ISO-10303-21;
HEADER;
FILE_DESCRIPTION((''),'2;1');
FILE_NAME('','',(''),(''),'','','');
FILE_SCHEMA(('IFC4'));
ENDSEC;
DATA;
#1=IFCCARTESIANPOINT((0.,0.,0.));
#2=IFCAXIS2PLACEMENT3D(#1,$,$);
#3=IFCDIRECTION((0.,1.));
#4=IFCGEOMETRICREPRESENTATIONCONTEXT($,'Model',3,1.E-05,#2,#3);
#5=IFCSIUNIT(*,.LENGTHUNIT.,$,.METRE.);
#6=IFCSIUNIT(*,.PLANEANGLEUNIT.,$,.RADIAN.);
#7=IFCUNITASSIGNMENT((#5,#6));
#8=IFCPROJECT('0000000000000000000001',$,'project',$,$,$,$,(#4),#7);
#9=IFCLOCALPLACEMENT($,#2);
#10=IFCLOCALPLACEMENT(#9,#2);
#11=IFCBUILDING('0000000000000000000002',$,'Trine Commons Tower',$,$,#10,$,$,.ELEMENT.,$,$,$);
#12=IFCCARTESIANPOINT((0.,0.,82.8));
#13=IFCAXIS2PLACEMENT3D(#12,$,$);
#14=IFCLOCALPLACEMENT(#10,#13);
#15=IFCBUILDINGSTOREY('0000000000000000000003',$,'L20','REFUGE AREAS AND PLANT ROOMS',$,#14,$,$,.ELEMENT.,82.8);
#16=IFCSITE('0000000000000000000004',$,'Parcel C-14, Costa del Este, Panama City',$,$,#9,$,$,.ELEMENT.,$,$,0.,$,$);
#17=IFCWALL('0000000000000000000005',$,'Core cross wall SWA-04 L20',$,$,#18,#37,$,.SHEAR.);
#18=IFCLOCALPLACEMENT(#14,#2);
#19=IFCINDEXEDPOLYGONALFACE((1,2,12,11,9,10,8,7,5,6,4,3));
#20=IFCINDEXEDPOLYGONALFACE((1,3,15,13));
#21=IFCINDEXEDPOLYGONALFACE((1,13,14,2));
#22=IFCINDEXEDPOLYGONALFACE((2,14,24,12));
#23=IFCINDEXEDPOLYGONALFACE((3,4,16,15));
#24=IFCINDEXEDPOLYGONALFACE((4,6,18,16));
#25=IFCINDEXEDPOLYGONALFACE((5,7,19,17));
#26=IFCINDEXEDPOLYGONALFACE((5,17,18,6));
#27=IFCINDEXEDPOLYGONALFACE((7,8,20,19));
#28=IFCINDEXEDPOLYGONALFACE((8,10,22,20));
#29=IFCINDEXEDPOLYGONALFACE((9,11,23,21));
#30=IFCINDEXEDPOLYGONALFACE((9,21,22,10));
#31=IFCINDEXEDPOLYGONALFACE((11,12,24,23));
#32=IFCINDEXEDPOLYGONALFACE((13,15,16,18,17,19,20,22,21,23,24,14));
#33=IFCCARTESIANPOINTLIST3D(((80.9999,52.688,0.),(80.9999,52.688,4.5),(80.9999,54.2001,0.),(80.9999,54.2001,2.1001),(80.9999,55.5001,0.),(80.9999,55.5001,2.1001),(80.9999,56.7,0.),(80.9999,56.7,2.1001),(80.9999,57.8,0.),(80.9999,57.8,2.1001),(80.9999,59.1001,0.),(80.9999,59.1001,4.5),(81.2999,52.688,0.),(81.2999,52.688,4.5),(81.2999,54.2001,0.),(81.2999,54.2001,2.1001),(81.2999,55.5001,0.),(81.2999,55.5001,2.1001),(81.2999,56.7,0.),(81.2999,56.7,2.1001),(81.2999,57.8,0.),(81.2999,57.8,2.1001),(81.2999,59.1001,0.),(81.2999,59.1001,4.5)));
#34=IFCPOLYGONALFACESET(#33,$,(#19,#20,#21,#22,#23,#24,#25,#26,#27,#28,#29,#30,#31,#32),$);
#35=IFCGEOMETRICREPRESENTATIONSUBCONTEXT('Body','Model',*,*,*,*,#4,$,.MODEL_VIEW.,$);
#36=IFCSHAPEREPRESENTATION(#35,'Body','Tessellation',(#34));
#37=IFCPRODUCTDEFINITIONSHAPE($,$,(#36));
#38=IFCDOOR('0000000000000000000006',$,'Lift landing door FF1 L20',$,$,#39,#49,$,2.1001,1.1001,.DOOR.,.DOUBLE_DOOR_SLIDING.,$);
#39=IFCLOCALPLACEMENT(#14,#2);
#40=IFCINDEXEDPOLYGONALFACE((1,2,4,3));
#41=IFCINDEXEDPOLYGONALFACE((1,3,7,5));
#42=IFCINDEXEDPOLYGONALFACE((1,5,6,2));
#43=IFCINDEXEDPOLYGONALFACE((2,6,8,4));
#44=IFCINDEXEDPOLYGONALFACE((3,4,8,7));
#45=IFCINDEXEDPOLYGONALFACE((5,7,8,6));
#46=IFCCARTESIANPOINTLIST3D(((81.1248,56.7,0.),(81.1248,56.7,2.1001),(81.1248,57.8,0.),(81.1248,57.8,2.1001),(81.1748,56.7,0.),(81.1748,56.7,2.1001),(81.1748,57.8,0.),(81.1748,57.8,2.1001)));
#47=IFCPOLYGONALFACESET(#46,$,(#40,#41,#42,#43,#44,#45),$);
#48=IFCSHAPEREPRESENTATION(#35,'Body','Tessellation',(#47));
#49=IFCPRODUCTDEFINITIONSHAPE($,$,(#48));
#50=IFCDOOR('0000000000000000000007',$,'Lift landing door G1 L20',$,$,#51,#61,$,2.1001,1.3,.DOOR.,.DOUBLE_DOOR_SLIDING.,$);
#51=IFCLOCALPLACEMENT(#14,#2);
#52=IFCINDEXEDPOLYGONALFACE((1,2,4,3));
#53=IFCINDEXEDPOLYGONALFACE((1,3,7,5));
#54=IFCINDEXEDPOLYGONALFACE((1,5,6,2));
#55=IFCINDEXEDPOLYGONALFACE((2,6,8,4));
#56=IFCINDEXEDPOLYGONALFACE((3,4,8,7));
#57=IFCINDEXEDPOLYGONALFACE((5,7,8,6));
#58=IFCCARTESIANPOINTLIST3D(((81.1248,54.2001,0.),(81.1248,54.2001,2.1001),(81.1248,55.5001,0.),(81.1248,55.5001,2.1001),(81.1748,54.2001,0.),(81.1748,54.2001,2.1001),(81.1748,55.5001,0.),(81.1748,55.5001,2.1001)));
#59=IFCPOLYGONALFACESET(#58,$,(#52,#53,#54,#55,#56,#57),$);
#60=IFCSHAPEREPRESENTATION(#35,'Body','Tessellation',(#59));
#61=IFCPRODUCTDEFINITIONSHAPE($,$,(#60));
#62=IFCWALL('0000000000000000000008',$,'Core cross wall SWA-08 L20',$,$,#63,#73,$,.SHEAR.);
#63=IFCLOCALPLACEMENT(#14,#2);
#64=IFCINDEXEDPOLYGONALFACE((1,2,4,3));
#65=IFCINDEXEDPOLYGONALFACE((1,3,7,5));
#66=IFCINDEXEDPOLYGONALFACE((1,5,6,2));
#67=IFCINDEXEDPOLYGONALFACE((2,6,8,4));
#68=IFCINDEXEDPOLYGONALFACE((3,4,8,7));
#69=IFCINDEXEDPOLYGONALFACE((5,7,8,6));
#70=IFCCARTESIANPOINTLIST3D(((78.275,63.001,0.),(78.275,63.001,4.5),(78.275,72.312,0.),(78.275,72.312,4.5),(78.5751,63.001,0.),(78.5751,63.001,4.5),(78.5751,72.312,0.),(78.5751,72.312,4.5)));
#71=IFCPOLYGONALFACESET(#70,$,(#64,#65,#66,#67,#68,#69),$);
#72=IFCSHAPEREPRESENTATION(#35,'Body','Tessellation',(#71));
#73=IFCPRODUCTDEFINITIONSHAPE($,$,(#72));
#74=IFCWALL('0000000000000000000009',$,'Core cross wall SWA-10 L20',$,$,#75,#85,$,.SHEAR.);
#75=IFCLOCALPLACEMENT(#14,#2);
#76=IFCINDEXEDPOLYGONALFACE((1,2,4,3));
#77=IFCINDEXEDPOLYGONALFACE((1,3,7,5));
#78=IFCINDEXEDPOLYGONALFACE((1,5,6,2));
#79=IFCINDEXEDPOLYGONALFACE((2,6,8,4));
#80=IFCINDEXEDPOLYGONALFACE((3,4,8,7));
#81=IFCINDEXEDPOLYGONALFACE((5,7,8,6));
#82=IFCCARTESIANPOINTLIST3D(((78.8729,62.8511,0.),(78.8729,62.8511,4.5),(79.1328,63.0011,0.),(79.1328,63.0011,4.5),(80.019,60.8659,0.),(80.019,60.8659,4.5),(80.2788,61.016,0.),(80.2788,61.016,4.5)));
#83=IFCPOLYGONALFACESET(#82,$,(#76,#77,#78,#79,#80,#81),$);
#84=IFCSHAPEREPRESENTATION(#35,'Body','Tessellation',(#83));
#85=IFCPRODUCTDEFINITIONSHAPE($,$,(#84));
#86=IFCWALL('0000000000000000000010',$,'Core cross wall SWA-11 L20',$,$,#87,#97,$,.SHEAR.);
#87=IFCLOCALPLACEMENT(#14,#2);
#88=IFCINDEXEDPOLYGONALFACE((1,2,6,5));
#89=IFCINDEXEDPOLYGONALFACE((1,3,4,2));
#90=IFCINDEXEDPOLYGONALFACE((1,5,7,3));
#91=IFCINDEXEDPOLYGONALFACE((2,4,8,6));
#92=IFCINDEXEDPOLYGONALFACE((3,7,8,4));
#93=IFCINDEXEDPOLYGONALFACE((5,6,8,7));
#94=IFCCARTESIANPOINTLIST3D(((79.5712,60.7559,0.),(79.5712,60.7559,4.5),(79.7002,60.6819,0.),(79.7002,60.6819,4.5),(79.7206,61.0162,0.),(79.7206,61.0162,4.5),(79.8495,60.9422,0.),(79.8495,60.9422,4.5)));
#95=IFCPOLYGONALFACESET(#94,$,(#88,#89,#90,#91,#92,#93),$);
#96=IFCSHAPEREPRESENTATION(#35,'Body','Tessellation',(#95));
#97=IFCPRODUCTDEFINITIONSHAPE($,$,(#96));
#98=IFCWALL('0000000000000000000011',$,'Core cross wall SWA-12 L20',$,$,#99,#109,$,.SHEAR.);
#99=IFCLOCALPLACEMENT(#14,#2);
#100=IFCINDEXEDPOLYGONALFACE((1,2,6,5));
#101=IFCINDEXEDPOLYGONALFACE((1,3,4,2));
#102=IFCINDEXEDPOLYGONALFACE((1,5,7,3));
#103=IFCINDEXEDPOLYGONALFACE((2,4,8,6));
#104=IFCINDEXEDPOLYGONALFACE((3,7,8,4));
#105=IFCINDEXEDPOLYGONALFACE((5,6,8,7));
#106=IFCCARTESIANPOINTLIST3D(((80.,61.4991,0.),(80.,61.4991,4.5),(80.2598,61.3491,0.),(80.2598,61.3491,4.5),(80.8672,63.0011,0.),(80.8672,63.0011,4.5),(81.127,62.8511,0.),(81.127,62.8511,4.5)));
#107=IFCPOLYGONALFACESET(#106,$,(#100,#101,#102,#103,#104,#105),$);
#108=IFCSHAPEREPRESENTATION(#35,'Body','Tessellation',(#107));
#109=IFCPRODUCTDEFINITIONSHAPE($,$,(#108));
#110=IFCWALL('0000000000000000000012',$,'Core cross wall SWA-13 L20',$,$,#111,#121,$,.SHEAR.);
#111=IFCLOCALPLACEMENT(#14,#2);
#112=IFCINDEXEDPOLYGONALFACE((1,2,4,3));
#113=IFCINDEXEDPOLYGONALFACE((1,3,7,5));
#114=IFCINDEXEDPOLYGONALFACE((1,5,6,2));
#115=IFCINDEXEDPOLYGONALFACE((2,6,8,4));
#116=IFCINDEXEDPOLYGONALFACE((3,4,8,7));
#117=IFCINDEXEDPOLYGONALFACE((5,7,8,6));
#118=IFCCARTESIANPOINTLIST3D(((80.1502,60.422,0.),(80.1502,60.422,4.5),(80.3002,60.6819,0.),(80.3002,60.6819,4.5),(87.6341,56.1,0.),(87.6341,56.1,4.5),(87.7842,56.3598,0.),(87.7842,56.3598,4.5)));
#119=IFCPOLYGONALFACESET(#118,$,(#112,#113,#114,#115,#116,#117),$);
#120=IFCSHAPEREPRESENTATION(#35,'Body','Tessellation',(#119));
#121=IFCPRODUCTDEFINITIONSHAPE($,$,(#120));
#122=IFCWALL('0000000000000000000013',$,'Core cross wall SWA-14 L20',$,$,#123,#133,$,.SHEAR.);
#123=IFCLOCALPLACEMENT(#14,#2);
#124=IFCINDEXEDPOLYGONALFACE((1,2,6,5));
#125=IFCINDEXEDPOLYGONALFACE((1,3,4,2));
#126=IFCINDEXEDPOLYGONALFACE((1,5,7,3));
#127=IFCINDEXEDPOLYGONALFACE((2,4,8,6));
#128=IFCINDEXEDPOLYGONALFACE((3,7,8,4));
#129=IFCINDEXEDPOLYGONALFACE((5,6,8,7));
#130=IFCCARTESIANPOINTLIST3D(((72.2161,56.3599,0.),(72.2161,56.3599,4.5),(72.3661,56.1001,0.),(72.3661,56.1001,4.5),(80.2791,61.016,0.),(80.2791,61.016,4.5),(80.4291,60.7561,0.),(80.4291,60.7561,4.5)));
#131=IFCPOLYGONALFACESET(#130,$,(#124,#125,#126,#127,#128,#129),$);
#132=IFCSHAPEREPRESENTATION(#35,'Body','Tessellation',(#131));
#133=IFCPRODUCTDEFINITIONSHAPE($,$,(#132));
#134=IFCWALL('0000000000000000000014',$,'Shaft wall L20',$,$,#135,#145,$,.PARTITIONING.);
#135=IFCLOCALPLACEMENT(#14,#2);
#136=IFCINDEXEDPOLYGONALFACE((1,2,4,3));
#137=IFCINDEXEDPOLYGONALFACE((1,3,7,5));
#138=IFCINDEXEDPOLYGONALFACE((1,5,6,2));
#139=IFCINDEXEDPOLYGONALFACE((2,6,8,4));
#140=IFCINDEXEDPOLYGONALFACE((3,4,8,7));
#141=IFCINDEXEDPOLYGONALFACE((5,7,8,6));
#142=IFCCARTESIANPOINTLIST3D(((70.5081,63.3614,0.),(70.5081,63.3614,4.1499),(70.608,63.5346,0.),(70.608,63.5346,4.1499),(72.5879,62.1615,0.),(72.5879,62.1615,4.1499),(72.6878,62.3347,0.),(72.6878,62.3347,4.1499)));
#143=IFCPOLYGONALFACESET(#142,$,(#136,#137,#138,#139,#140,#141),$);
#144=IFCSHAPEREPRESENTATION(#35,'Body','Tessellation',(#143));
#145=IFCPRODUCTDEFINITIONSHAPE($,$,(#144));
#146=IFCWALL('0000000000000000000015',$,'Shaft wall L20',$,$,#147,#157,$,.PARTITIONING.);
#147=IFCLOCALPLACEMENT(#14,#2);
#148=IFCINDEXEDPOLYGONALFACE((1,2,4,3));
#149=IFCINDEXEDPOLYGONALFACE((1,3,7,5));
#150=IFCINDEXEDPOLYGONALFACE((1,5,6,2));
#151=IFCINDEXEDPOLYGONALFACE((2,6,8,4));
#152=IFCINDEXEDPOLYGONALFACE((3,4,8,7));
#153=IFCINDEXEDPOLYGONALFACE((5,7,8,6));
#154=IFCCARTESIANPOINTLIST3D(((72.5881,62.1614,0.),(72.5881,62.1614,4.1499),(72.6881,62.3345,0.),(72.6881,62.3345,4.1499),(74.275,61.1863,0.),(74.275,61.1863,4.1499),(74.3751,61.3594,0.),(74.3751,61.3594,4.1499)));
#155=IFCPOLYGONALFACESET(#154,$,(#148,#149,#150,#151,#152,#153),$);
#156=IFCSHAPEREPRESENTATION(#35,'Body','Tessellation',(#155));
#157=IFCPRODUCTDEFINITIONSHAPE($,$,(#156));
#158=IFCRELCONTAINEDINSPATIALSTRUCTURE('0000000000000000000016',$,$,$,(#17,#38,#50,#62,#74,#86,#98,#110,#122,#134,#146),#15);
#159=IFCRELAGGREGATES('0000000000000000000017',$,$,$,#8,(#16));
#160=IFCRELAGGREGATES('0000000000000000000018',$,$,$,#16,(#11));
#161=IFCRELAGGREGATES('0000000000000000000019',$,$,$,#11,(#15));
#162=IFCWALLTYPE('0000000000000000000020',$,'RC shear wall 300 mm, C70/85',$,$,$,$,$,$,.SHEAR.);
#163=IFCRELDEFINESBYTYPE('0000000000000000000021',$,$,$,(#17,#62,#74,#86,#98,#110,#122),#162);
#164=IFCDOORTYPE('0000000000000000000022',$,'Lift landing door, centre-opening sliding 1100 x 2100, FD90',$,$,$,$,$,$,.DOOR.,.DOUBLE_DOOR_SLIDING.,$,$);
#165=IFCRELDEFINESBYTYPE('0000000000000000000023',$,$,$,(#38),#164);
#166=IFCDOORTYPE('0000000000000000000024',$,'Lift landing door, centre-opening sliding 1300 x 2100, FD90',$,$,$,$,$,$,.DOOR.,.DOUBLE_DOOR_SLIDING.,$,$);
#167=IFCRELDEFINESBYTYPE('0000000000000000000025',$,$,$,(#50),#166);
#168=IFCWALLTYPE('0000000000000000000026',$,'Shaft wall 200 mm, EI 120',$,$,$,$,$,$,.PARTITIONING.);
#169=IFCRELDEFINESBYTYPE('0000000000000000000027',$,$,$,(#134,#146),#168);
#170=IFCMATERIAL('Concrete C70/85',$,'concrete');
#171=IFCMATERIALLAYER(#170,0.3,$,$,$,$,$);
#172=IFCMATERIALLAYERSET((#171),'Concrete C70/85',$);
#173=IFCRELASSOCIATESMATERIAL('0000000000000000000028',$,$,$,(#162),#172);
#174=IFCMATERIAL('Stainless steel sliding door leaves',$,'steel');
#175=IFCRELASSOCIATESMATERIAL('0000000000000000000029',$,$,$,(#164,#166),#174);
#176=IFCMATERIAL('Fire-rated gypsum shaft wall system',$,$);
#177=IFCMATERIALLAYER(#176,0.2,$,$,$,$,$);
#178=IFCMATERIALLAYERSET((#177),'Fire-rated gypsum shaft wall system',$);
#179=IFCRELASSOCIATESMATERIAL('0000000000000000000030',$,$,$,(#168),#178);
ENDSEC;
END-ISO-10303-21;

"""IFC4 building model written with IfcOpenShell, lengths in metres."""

from ifc_helpers import new_model, si_unit, direction, frame, frame_2d, origin, place, context, subcontext, project, spatial, rectangle, extrude, material, layer, layer_set, type_object, element, fill, save


model = new_model("IFC4")

# Units and contexts
model_context = context("Model", 3, precision=1e-05, world=origin(), true_north=direction((0.0, 1.0)))
body_context = subcontext(model_context, "Body", "Model", "MODEL_VIEW")
ifc_project = project(units=[si_unit("LENGTHUNIT", "METRE"), si_unit("PLANEANGLEUNIT", "RADIAN")], contexts=[model_context])

# Site, building, storey
site_placement = place(None, origin())
site = spatial("IfcSite", under=ifc_project, at=site_placement, Name="Parcel C-14, Costa del Este, Panama City", CompositionType="ELEMENT", RefElevation=0.0)
building_placement = place(site_placement, origin())
building = spatial("IfcBuilding", under=site, at=building_placement, Name="Trine Commons Tower", CompositionType="ELEMENT")
storey_placement = place(building_placement, frame((0.0, 0.0, 82.8)))
storey = spatial("IfcBuildingStorey", under=building, at=storey_placement, Name="L20", Description="REFUGE AREAS AND PLANT ROOMS", CompositionType="ELEMENT", Elevation=82.8)

# Shared definitions
ifc_material_1 = material(Name="Fire-rated gypsum shaft wall system")
ifc_material_2 = material(Name="Concrete C70/85", Category="concrete")

# Wall, openings, doors
ifc_layer_1 = layer(ifc_material_2, 0.3)
ifc_layer_set_1 = layer_set([ifc_layer_1], Name="Concrete C70/85")
wall_type_1 = type_object("IfcWallType", Name="RC shear wall 300 mm, C70/85", PredefinedType="SHEAR", material=ifc_layer_set_1)
ifc_material_3 = material(Name="Stainless steel sliding door leaves", Category="steel")
door_type_1 = type_object("IfcDoorType", Name="Lift landing door, centre-opening sliding 1100 x 2100, FD90", OperationType="DOUBLE_DOOR_SLIDING", PredefinedType="DOOR", material=ifc_material_3)
wall_1_placement = place(storey_placement, frame((81.1499, 59.1001, 0.0), z_axis=(0.0, 0.0, 1.0), x_axis=(0.0, -1.0, 0.0)))
wall_1 = element("IfcWall", 1, at=wall_1_placement, inside=storey, type_object=wall_type_1, Name="Core cross wall SWA-04 L20", PredefinedType="SHEAR", context=body_context, shape_type="SweptSolid", body=[
    extrude(rectangle(XDim=6.4121, YDim=0.3, at=frame_2d((3.2061, 0.0))), origin(), (0.0, 0.0, 1.0), 4.5),
])
opening_1_placement = place(wall_1_placement, frame((3.6001, 0.0, 0.0)))
opening_1 = element("IfcOpeningElement", 2, at=opening_1_placement, cuts=wall_1, PredefinedType="OPENING", context=body_context, shape_type="SweptSolid", body=[
    extrude(rectangle(XDim=1.3, YDim=2.1001, at=frame_2d((0.6499, 1.05))), frame((0.0, 0.1599, 0.0), z_axis=(0.0, -1.0, 0.0), x_axis=(1.0, 0.0, 0.0)), (0.0, 0.0, 1.0), 0.3201),
])
opening_2_placement = place(wall_1_placement, frame((1.3, 0.0, 0.0)))
opening_2 = element("IfcOpeningElement", 3, at=opening_2_placement, cuts=wall_1, PredefinedType="OPENING", context=body_context, shape_type="SweptSolid", body=[
    extrude(rectangle(XDim=1.1001, YDim=2.1001, at=frame_2d((0.55, 1.05))), frame((0.0, 0.1599, 0.0), z_axis=(0.0, -1.0, 0.0), x_axis=(1.0, 0.0, 0.0)), (0.0, 0.0, 1.0), 0.3201),
])
door_1_placement = place(opening_2_placement, origin())
door_1 = element("IfcDoor", 4, at=door_1_placement, inside=storey, type_object=door_type_1, Name="Lift landing door FF1 L20", OperationType="DOUBLE_DOOR_SLIDING", OverallHeight=2.1001, OverallWidth=1.1001, PredefinedType="DOOR", context=body_context, shape_type="SweptSolid", body=[
    extrude(rectangle(XDim=1.1001, YDim=2.1001, at=frame_2d((0.55, 1.05))), frame((0.0, 0.0249, 0.0), z_axis=(0.0, -1.0, 0.0), x_axis=(1.0, 0.0, 0.0)), (0.0, 0.0, 1.0), 0.05),
])
fill(opening_2, door_1)
door_type_2 = type_object("IfcDoorType", Name="Lift landing door, centre-opening sliding 1300 x 2100, FD90", OperationType="DOUBLE_DOOR_SLIDING", PredefinedType="DOOR", material=ifc_material_3)
door_2_placement = place(opening_1_placement, origin())
door_2 = element("IfcDoor", 5, at=door_2_placement, inside=storey, type_object=door_type_2, Name="Lift landing door G1 L20", OperationType="DOUBLE_DOOR_SLIDING", OverallHeight=2.1001, OverallWidth=1.3, PredefinedType="DOOR", context=body_context, shape_type="SweptSolid", body=[
    extrude(rectangle(XDim=1.3, YDim=2.1001, at=frame_2d((0.6499, 1.05))), frame((0.0, 0.0249, 0.0), z_axis=(0.0, -1.0, 0.0), x_axis=(1.0, 0.0, 0.0)), (0.0, 0.0, 1.0), 0.05),
])
fill(opening_1, door_2)

# Walls
wall_2_placement = place(storey_placement, frame((78.425, 63.001, 0.0), z_axis=(0.0, 0.0, 1.0), x_axis=(0.0, 1.0, 0.0)))
element("IfcWall", 6, at=wall_2_placement, inside=storey, type_object=wall_type_1, Name="Core cross wall SWA-08 L20", PredefinedType="SHEAR", context=body_context, shape_type="SweptSolid", body=[
    extrude(rectangle(XDim=9.311, YDim=0.3, at=frame_2d((4.6555, 0.0))), origin(), (0.0, 0.0, 1.0), 4.5),
])
wall_3_placement = place(storey_placement, frame((79.0029, 62.926, 0.0), z_axis=(0.0, 0.0, 1.0), x_axis=(0.499965, -0.866045, 0.0)))
element("IfcWall", 7, at=wall_3_placement, inside=storey, type_object=wall_type_1, Name="Core cross wall SWA-10 L20", PredefinedType="SHEAR", context=body_context, shape_type="SweptSolid", body=[
    extrude(rectangle(XDim=2.2922, YDim=0.3, at=frame_2d((1.146, 0.0))), origin(), (0.0, 0.0, 1.0), 4.5),
])
wall_4_placement = place(storey_placement, frame((79.646, 60.886, 0.0), z_axis=(0.0, 0.0, 1.0), x_axis=(0.867332, -0.49773, 0.0)))
element("IfcWall", 8, at=wall_4_placement, inside=storey, type_object=wall_type_1, Name="Core cross wall SWA-11 L20", PredefinedType="SHEAR", context=body_context, shape_type="SweptSolid", body=[
    extrude(rectangle(XDim=0.1487, YDim=0.3, at=frame_2d((0.0742, 0.0))), origin(), (0.0, 0.0, 1.0), 4.5),
])
wall_5_placement = place(storey_placement, frame((80.1299, 61.4241, 0.0), z_axis=(0.0, 0.0, 1.0), x_axis=(0.500015, 0.866017, 0.0)))
element("IfcWall", 9, at=wall_5_placement, inside=storey, type_object=wall_type_1, Name="Core cross wall SWA-12 L20", PredefinedType="SHEAR", context=body_context, shape_type="SweptSolid", body=[
    extrude(rectangle(XDim=1.7344, YDim=0.3, at=frame_2d((0.8672, 0.0))), origin(), (0.0, 0.0, 1.0), 4.5),
])
wall_6_placement = place(storey_placement, frame((80.2251, 60.552, 0.0), z_axis=(0.0, 0.0, 1.0), x_axis=(0.865965, -0.500104, 0.0)))
element("IfcWall", 10, at=wall_6_placement, inside=storey, type_object=wall_type_1, Name="Core cross wall SWA-13 L20", PredefinedType="SHEAR", context=body_context, shape_type="SweptSolid", body=[
    extrude(rectangle(XDim=8.6423, YDim=0.3, at=frame_2d((4.3213, 0.0))), origin(), (0.0, 0.0, 1.0), 4.5),
])
wall_7_placement = place(storey_placement, frame((80.354, 60.886, 0.0), z_axis=(0.0, 0.0, 1.0), x_axis=(-0.865986, -0.500067, 0.0)))
element("IfcWall", 11, at=wall_7_placement, inside=storey, type_object=wall_type_1, Name="Core cross wall SWA-14 L20", PredefinedType="SHEAR", context=body_context, shape_type="SweptSolid", body=[
    extrude(rectangle(XDim=9.3108, YDim=0.3, at=frame_2d((4.6553, 0.0))), origin(), (0.0, 0.0, 1.0), 4.5),
])
ifc_layer_2 = layer(ifc_material_1, 0.2)
ifc_layer_set_2 = layer_set([ifc_layer_2], Name="Fire-rated gypsum shaft wall system")
wall_type_2 = type_object("IfcWallType", Name="Shaft wall 200 mm, EI 120", PredefinedType="PARTITIONING", material=ifc_layer_set_2)
wall_8_placement = place(storey_placement, frame((72.6379, 62.248, 0.0), z_axis=(0.0, 0.0, 1.0), x_axis=(-0.866177, 0.499737, 0.0)))
element("IfcWall", 12, at=wall_8_placement, inside=storey, type_object=wall_type_2, Name="Shaft wall L20", PredefinedType="PARTITIONING", context=body_context, shape_type="SweptSolid", body=[
    extrude(rectangle(XDim=2.4011, YDim=0.2, at=frame_2d((1.2007, 0.0))), origin(), (0.0, 0.0, 1.0), 4.1499),
])
wall_9_placement = place(storey_placement, frame((74.325, 61.2729, 0.0), z_axis=(0.0, 0.0, 1.0), x_axis=(-0.865781, 0.500424, 0.0)))
element("IfcWall", 13, at=wall_9_placement, inside=storey, type_object=wall_type_2, Name="Shaft wall L20", PredefinedType="PARTITIONING", context=body_context, shape_type="SweptSolid", body=[
    extrude(rectangle(XDim=1.9485, YDim=0.2, at=frame_2d((0.9741, 0.0))), origin(), (0.0, 0.0, 1.0), 4.1499),
])

save(model, "model.ifc")
